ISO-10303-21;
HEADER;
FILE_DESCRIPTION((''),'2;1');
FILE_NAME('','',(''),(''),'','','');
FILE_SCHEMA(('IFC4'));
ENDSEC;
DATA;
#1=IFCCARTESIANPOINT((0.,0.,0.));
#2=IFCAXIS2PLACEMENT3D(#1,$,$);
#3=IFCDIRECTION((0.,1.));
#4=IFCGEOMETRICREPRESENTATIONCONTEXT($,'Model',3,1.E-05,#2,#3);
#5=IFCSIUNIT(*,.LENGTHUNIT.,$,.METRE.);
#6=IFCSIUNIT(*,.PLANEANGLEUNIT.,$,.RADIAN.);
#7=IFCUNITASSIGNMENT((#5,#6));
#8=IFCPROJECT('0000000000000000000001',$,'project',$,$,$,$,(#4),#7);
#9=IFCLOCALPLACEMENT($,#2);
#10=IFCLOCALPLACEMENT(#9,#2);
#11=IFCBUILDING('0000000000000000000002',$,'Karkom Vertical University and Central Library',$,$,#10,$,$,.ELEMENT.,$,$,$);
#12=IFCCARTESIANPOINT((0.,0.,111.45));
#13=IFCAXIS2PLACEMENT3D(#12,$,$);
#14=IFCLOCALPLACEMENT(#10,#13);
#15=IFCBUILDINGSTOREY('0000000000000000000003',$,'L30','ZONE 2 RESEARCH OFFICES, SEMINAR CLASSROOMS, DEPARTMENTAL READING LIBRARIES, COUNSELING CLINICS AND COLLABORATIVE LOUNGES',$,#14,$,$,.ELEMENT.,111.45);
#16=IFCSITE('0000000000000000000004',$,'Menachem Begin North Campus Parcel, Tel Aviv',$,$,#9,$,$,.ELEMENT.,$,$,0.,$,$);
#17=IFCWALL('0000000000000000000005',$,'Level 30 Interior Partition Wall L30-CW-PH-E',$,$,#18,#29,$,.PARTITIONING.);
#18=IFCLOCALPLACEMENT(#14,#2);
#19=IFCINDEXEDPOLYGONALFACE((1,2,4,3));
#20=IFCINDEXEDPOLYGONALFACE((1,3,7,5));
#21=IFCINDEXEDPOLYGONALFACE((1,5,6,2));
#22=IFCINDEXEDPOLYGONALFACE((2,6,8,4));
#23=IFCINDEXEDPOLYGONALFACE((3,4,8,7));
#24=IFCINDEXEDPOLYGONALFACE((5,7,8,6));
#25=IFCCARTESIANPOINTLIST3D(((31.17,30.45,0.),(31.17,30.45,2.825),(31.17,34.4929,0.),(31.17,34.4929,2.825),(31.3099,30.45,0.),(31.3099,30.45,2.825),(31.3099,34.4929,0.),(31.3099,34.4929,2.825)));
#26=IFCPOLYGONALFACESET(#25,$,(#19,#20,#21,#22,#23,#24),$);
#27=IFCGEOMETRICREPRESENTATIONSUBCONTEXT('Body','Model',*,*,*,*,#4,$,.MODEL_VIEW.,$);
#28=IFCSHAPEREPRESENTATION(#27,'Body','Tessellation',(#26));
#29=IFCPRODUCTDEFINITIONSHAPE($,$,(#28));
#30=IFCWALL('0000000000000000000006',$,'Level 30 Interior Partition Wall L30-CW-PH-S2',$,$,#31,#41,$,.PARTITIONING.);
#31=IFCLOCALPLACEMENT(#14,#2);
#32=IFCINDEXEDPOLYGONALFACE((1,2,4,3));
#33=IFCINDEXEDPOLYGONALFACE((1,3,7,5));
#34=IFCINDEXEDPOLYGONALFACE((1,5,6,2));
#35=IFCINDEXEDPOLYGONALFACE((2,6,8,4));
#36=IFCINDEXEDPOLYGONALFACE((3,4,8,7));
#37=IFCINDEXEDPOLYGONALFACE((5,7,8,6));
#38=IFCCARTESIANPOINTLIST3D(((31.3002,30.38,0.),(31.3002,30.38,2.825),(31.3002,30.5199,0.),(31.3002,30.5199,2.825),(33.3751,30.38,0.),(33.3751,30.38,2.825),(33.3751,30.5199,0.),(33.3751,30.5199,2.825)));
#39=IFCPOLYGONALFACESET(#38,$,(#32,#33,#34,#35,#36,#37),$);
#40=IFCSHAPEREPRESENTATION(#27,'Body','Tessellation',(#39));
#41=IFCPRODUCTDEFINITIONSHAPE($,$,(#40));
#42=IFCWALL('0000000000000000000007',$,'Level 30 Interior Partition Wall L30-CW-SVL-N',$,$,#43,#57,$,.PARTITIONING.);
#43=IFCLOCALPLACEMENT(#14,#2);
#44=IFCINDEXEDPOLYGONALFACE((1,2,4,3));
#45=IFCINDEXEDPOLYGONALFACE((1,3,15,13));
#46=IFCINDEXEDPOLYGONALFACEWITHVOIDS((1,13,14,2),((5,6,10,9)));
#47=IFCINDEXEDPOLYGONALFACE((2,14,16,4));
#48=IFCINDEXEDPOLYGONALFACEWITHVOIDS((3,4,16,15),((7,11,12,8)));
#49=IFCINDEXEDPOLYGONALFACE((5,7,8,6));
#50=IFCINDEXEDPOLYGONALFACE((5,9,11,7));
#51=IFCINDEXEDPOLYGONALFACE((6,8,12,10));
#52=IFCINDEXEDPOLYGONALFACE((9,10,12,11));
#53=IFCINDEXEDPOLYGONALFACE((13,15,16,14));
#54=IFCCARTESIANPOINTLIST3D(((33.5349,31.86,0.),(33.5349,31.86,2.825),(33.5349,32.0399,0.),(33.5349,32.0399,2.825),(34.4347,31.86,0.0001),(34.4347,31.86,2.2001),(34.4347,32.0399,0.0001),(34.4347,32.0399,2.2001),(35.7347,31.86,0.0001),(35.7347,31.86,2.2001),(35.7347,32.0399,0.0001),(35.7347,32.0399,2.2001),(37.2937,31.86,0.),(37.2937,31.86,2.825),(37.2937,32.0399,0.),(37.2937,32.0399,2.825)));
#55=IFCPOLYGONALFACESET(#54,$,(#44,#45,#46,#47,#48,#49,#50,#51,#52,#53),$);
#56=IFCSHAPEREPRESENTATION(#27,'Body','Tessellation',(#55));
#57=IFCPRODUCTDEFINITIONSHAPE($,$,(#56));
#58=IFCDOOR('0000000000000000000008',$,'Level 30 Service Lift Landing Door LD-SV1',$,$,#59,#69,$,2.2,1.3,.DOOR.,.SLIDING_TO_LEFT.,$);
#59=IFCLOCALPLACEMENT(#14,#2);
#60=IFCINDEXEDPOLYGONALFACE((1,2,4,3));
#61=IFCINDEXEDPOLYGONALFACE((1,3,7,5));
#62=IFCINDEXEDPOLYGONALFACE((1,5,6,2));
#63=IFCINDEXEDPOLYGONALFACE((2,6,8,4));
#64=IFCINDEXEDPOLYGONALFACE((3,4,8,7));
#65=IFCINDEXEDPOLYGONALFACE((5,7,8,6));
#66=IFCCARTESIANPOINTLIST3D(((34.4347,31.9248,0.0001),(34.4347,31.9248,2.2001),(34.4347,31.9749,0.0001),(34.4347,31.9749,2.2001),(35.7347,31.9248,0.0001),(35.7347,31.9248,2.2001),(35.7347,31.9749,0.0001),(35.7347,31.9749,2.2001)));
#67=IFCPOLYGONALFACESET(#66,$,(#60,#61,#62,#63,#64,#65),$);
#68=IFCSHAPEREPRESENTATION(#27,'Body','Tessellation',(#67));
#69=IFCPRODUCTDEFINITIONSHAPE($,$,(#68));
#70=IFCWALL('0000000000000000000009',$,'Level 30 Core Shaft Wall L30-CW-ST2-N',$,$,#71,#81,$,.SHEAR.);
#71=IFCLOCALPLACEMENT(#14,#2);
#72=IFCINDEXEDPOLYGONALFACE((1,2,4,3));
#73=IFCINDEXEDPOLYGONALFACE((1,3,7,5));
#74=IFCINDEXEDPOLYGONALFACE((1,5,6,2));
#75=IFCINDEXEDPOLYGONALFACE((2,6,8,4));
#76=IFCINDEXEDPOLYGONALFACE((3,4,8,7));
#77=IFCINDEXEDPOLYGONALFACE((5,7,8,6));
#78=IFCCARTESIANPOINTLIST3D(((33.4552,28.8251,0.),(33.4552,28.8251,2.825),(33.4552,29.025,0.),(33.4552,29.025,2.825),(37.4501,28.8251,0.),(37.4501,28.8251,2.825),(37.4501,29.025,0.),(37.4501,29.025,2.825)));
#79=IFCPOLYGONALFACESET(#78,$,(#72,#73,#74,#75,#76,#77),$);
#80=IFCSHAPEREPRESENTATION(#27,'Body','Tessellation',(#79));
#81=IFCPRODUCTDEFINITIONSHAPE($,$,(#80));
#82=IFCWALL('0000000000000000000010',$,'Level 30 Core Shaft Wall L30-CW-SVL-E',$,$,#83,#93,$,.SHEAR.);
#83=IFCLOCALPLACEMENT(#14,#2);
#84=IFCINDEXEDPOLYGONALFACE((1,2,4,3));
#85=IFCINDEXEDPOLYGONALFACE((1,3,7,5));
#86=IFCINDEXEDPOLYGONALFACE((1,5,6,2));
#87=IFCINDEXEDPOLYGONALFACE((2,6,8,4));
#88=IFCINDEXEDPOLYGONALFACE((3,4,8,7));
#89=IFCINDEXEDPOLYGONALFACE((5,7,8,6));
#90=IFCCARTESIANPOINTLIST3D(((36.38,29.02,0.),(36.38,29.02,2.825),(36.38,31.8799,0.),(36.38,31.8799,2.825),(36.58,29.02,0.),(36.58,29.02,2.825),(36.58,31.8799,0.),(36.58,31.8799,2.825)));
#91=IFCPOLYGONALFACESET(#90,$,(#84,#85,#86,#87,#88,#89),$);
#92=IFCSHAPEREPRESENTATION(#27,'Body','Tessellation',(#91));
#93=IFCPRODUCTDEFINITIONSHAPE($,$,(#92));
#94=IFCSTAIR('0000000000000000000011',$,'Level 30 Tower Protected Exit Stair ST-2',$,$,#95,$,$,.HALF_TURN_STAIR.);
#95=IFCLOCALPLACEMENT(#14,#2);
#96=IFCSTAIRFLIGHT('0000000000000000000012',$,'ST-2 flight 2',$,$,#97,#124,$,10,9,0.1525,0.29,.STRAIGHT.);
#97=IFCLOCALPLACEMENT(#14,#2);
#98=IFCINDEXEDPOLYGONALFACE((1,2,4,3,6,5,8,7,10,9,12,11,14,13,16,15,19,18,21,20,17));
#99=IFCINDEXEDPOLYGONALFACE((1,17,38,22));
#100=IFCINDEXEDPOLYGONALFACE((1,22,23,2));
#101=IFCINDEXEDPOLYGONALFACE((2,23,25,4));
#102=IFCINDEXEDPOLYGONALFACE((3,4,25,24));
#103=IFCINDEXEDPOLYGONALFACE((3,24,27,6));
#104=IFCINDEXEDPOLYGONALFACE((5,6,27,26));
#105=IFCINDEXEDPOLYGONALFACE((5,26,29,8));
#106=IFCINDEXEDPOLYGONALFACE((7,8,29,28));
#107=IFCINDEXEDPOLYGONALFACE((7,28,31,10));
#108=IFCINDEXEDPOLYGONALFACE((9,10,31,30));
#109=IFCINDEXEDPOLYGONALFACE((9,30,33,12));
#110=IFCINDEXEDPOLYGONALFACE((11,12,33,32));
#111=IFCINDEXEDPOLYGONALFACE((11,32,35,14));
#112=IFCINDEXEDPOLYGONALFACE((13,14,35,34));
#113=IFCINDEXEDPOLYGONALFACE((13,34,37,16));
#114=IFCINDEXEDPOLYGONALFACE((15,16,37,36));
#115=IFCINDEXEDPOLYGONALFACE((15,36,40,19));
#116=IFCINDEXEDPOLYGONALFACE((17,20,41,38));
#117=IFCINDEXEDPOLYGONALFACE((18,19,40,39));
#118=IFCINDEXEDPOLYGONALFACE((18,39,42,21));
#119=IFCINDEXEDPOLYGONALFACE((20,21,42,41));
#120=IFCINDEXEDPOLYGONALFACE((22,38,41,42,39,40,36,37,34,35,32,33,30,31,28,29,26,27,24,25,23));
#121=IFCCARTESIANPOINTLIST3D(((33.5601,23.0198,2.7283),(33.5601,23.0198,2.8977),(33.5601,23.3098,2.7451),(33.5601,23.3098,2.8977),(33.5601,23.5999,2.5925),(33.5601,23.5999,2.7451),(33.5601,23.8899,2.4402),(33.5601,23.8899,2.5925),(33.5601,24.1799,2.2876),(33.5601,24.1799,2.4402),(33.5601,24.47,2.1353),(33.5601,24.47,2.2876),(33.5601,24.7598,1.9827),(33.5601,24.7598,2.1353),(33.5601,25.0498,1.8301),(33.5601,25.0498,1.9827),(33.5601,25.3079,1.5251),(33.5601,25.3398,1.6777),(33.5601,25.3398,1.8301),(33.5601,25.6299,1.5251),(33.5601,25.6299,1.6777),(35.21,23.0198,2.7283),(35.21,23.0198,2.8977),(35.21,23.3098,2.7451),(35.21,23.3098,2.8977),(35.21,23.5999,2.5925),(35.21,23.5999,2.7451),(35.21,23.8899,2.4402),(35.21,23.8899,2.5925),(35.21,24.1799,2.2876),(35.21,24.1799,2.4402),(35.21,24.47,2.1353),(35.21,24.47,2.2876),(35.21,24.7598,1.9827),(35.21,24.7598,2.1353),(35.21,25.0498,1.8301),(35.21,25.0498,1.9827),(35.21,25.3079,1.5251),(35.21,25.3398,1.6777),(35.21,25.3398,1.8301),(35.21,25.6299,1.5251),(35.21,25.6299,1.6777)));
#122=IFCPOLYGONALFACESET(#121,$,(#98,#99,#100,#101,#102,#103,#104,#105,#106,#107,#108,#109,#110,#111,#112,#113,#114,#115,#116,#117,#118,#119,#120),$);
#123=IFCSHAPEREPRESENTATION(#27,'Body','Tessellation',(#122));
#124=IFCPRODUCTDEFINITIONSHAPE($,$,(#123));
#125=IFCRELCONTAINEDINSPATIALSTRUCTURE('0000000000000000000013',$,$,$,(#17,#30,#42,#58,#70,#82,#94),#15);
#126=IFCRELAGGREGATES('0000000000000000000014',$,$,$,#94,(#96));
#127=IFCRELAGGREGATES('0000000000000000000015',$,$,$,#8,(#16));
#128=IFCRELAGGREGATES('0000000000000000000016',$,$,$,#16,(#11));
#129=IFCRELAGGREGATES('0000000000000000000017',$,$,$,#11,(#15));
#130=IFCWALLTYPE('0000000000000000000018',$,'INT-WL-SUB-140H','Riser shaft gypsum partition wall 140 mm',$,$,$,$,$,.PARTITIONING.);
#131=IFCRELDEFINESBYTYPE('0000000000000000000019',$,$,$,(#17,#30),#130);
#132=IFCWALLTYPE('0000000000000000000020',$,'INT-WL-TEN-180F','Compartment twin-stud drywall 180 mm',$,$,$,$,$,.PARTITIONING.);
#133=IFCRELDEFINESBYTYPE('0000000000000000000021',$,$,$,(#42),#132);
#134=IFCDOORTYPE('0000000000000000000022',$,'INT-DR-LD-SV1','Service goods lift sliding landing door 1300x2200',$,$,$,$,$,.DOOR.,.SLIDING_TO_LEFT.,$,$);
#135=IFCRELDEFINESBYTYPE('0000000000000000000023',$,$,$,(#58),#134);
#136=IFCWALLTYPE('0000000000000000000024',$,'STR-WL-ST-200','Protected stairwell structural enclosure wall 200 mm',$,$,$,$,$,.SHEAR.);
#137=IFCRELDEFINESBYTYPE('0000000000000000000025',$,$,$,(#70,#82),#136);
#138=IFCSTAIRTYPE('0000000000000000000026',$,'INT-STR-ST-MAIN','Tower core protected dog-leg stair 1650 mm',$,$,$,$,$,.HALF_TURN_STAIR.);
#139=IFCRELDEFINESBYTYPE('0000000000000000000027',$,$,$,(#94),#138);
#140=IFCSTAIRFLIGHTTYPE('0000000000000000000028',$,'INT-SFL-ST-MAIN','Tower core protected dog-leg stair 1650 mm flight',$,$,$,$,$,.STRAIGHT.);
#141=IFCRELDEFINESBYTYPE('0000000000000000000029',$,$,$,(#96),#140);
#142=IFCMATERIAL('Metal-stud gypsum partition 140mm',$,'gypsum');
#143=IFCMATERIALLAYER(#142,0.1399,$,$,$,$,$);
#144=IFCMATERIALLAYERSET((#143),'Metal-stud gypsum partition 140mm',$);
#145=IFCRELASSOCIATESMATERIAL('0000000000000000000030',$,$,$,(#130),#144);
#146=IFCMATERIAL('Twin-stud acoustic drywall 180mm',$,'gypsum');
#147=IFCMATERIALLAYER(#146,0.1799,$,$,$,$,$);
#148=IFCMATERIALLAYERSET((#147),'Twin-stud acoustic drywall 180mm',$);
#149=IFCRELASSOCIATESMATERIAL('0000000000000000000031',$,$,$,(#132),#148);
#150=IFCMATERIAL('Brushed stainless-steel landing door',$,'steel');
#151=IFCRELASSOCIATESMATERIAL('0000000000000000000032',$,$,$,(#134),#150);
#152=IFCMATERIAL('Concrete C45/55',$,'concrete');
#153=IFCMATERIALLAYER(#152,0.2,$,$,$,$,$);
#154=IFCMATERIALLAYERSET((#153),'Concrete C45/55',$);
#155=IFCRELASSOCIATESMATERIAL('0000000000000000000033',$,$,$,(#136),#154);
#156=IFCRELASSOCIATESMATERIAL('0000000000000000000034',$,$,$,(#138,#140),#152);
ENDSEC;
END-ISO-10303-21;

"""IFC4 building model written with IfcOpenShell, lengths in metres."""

from ifc_helpers import new_model, si_unit, direction, frame, frame_2d, origin, origin_with_axes, place, context, subcontext, project, spatial, polyline, rectangle, outline, extrude, source, transform, mapped, material, layer, layer_set, type_object, element, fill, aggregate, save


model = new_model("IFC4")

# Units and contexts
model_context = context("Model", 3, precision=1e-05, world=origin(), true_north=direction((0.0, 1.0)))
body_context = subcontext(model_context, "Body", "Model", "MODEL_VIEW")
ifc_project = project(units=[si_unit("LENGTHUNIT", "METRE"), si_unit("PLANEANGLEUNIT", "RADIAN")], contexts=[model_context])

# Site, building, storey
site_placement = place(None, origin())
site = spatial("IfcSite", under=ifc_project, at=site_placement, Name="Menachem Begin North Campus Parcel, Tel Aviv", CompositionType="ELEMENT", RefElevation=0.0)
building_placement = place(site_placement, origin())
building = spatial("IfcBuilding", under=site, at=building_placement, Name="Karkom Vertical University and Central Library", CompositionType="ELEMENT")
storey_placement = place(building_placement, frame((0.0, 0.0, 111.45)))
storey = spatial("IfcBuildingStorey", under=building, at=storey_placement, Name="L30", Description="ZONE 2 RESEARCH OFFICES, SEMINAR CLASSROOMS, DEPARTMENTAL READING LIBRARIES, COUNSELING CLINICS AND COLLABORATIVE LOUNGES", CompositionType="ELEMENT", Elevation=111.45)

# Walls
ifc_material_1 = material(Name="Metal-stud gypsum partition 140mm", Category="gypsum")
ifc_layer_1 = layer(ifc_material_1, 0.1399)
ifc_layer_set_1 = layer_set([ifc_layer_1], Name="Metal-stud gypsum partition 140mm")
wall_type_1 = type_object("IfcWallType", Name="INT-WL-SUB-140H", Description="Riser shaft gypsum partition wall 140 mm", PredefinedType="PARTITIONING", material=ifc_layer_set_1)
for number, where, z_axis, x_axis, name in (
    (1, (31.24, 30.45, 0.0), (0.0, 0.0, 1.0), (0.0, 1.0, 0.0), "Level 30 Interior Partition Wall L30-CW-PH-E"),
):
    element("IfcWall", number, at=place(storey_placement, frame(where, z_axis=z_axis, x_axis=x_axis)), inside=storey, type_object=wall_type_1, Name=name, PredefinedType="PARTITIONING", context=body_context, shape_type="SweptSolid", body=[
        extrude(rectangle(XDim=4.043, YDim=0.1399, at=frame_2d((2.0215, 0.0))), origin(), (0.0, 0.0, 1.0), 2.825),
    ])
wall_1_placement = place(storey_placement, frame((31.3, 30.45, 0.0), z_axis=(0.0, 0.0, 1.0), x_axis=(1.0, 0.0, 0.0)))
element("IfcWall", 2, at=wall_1_placement, inside=storey, type_object=wall_type_1, Name="Level 30 Interior Partition Wall L30-CW-PH-S2", PredefinedType="PARTITIONING", context=body_context, shape_type="SweptSolid", body=[
    extrude(rectangle(XDim=2.075, YDim=0.1399, at=frame_2d((1.0376, 0.0))), origin(), (0.0, 0.0, 1.0), 2.825),
])

# Wall, opening, door
ifc_material_2 = material(Name="Twin-stud acoustic drywall 180mm", Category="gypsum")
ifc_layer_2 = layer(ifc_material_2, 0.1799)
ifc_layer_set_2 = layer_set([ifc_layer_2], Name="Twin-stud acoustic drywall 180mm")
wall_type_2 = type_object("IfcWallType", Name="INT-WL-TEN-180F", Description="Compartment twin-stud drywall 180 mm", PredefinedType="PARTITIONING", material=ifc_layer_set_2)
wall_2_placement = place(storey_placement, frame((33.5349, 31.95, 0.0), z_axis=(0.0, 0.0, 1.0), x_axis=(1.0, 0.0, 0.0)))
wall_2 = element("IfcWall", 3, at=wall_2_placement, inside=storey, type_object=wall_type_2, Name="Level 30 Interior Partition Wall L30-CW-SVL-N", PredefinedType="PARTITIONING", context=body_context, shape_type="SweptSolid", body=[
    extrude(rectangle(XDim=3.7588, YDim=0.1799, at=frame_2d((1.8794, 0.0))), origin(), (0.0, 0.0, 1.0), 2.825),
])
opening_1_placement = place(wall_2_placement, frame((0.8999, 0.0, 0.0)))
opening_1 = element("IfcOpeningElement", 4, at=opening_1_placement, cuts=wall_2, PredefinedType="OPENING", context=body_context, shape_type="SweptSolid", body=[
    extrude(rectangle(XDim=1.3, YDim=2.2, at=frame_2d((0.6499, 1.1001))), frame((0.0, 0.1001, 0.0), z_axis=(0.0, -1.0, 0.0), x_axis=(1.0, 0.0, 0.0)), (0.0, 0.0, 1.0), 0.2),
])
ifc_material_3 = material(Name="Brushed stainless-steel landing door", Category="steel")
door_type_1 = type_object("IfcDoorType", Name="INT-DR-LD-SV1", Description="Service goods lift sliding landing door 1300x2200", OperationType="SLIDING_TO_LEFT", PredefinedType="DOOR", material=ifc_material_3)
shared_shape_1 = source(origin_with_axes(), body_context, "Body", "SweptSolid", [
    extrude(rectangle(XDim=1.3, YDim=2.2, at=frame_2d((0.6499, 1.1001))), frame((0.0, 0.0249, 0.0), z_axis=(0.0, -1.0, 0.0), x_axis=(1.0, 0.0, 0.0)), (0.0, 0.0, 1.0), 0.05),
])
door_1_placement = place(opening_1_placement, origin())
door_1 = element("IfcDoor", 5, at=door_1_placement, inside=storey, type_object=door_type_1, Name="Level 30 Service Lift Landing Door LD-SV1", OperationType="SLIDING_TO_LEFT", OverallHeight=2.2, OverallWidth=1.3, PredefinedType="DOOR", context=body_context, shape_type="MappedRepresentation", body=[
    mapped(shared_shape_1, transform((0.0, 0.0, 0.0), scale=1.0)),
])
fill(opening_1, door_1)

# Walls
ifc_material_4 = material(Name="Concrete C45/55", Category="concrete")
ifc_layer_3 = layer(ifc_material_4, 0.2)
ifc_layer_set_3 = layer_set([ifc_layer_3], Name="Concrete C45/55")
wall_type_3 = type_object("IfcWallType", Name="STR-WL-ST-200", Description="Protected stairwell structural enclosure wall 200 mm", PredefinedType="SHEAR", material=ifc_layer_set_3)
wall_3_placement = place(storey_placement, frame((33.4551, 28.925, 0.0), z_axis=(0.0, 0.0, 1.0), x_axis=(1.0, 0.0, 0.0)))
element("IfcWall", 6, at=wall_3_placement, inside=storey, type_object=wall_type_3, Name="Level 30 Core Shaft Wall L30-CW-ST2-N", PredefinedType="SHEAR", context=body_context, shape_type="SweptSolid", body=[
    extrude(rectangle(XDim=3.9949, YDim=0.2, at=frame_2d((1.9976, 0.0))), origin(), (0.0, 0.0, 1.0), 2.825),
])
wall_4_placement = place(storey_placement, frame((36.48, 29.02, 0.0), z_axis=(0.0, 0.0, 1.0), x_axis=(0.0, 1.0, 0.0)))
element("IfcWall", 7, at=wall_4_placement, inside=storey, type_object=wall_type_3, Name="Level 30 Core Shaft Wall L30-CW-SVL-E", PredefinedType="SHEAR", context=body_context, shape_type="SweptSolid", body=[
    extrude(rectangle(XDim=2.8599, YDim=0.2, at=frame_2d((1.4299, 0.0))), origin(), (0.0, 0.0, 1.0), 2.825),
])

# Stair, stair flight
stair_type = type_object("IfcStairType", Name="INT-STR-ST-MAIN", Description="Tower core protected dog-leg stair 1650 mm", PredefinedType="HALF_TURN_STAIR", material=ifc_material_4)
stair_placement = place(storey_placement, origin())
stair = element("IfcStair", 8, at=stair_placement, inside=storey, type_object=stair_type, Name="Level 30 Tower Protected Exit Stair ST-2", PredefinedType="HALF_TURN_STAIR")
stair_flight_type = type_object("IfcStairFlightType", Name="INT-SFL-ST-MAIN", Description="Tower core protected dog-leg stair 1650 mm flight", PredefinedType="STRAIGHT", material=ifc_material_4)
stair_flight_placement = place(storey_placement, frame((34.385, 25.6299, 1.5251), z_axis=(0.0, 0.0, 1.0), x_axis=(0.0, -1.0, 0.0)))
stair_flight = element("IfcStairFlight", 9, at=stair_flight_placement, type_object=stair_flight_type, Name="ST-2 flight 2", NumberOfRisers=10, NumberOfTreads=9, PredefinedType="STRAIGHT", RiserHeight=0.1525, TreadLength=0.29, context=body_context, shape_type="SweptSolid", body=[
    extrude(outline(polyline([(0.0, 0.0), (0.0, 0.1526), (0.29, 0.1526), (0.29, 0.3049), (0.5801, 0.3049), (0.5801, 0.4575), (0.8701, 0.4575), (0.8701, 0.6101), (1.1599, 0.6101), (1.1599, 0.7625), (1.45, 0.7625), (1.45, 0.915), (1.74, 0.915), (1.74, 1.0674), (2.03, 1.0674), (2.03, 1.22), (2.3201, 1.22), (2.3201, 1.3726), (2.6101, 1.3726), (2.6101, 1.5249), (2.6101, 1.2031), (0.322, 0.0), (0.0, 0.0)])), frame((0.0, 0.825, 0.0), z_axis=(0.0, -1.0, 0.0), x_axis=(1.0, 0.0, 0.0)), (0.0, 0.0, 1.0), 1.6499),
])
aggregate(stair, [stair_flight])

save(model, "model.ifc")
